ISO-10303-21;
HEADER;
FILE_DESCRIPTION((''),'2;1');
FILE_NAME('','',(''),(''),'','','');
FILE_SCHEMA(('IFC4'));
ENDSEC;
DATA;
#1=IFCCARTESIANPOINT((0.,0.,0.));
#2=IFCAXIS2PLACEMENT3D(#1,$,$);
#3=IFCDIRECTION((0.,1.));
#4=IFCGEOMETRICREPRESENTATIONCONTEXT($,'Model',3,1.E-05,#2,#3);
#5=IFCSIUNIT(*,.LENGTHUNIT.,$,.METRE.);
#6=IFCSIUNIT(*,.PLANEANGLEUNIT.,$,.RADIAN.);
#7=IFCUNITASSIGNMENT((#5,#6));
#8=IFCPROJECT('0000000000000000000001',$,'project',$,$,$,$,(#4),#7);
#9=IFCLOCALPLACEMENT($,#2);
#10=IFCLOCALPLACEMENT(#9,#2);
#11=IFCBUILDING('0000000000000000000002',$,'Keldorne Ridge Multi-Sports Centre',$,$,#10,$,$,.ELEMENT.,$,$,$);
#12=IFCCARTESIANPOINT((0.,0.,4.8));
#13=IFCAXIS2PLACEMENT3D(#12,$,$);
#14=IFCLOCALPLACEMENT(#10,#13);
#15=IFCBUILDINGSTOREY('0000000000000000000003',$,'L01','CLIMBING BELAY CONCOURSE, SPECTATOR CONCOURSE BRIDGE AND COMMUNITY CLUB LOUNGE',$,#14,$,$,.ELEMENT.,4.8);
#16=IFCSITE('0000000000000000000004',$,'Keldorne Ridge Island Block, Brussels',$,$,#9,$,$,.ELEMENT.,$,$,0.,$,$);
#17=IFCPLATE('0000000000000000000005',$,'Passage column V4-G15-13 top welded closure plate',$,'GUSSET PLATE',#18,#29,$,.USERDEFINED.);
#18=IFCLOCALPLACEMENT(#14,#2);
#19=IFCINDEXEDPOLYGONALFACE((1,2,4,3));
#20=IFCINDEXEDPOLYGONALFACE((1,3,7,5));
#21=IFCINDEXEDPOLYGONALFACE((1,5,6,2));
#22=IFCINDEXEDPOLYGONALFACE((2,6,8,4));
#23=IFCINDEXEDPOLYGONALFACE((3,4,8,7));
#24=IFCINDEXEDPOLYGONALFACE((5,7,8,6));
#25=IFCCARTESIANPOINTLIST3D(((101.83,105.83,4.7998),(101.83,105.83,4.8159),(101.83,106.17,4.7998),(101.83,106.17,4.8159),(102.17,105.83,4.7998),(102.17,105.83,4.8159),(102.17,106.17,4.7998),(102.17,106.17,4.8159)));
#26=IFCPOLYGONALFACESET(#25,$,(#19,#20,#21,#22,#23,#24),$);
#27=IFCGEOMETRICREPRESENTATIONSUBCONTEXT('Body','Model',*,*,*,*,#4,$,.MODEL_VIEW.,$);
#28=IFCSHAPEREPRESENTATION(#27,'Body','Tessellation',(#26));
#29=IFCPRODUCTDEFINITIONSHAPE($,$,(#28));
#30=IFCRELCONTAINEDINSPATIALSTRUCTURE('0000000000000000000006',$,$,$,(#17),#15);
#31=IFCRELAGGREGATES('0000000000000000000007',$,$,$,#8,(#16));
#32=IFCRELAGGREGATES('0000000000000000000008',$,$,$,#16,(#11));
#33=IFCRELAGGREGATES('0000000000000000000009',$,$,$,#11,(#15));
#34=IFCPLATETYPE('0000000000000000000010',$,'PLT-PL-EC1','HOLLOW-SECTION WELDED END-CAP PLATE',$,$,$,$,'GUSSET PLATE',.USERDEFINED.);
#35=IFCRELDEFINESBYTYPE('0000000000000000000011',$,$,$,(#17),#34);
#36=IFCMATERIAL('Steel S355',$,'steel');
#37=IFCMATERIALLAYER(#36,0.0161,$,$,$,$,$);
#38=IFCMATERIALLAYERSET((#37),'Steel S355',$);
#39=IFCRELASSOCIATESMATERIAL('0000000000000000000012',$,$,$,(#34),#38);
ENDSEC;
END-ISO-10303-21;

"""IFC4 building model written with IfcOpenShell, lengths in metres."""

from ifc_helpers import new_model, si_unit, direction, frame, origin, origin_2d, place, context, subcontext, project, spatial, rectangle, extrude, material, layer, layer_set, type_object, element, save


model = new_model("IFC4")

# Units and contexts
model_context = context("Model", 3, precision=1e-05, world=origin(), true_north=direction((0.0, 1.0)))
body_context = subcontext(model_context, "Body", "Model", "MODEL_VIEW")
ifc_project = project(units=[si_unit("LENGTHUNIT", "METRE"), si_unit("PLANEANGLEUNIT", "RADIAN")], contexts=[model_context])

# Site, building, storey
site_placement = place(None, origin())
site = spatial("IfcSite", under=ifc_project, at=site_placement, Name="Keldorne Ridge Island Block, Brussels", CompositionType="ELEMENT", RefElevation=0.0)
building_placement = place(site_placement, origin())
building = spatial("IfcBuilding", under=site, at=building_placement, Name="Keldorne Ridge Multi-Sports Centre", CompositionType="ELEMENT")
storey_placement = place(building_placement, frame((0.0, 0.0, 4.8)))
storey = spatial("IfcBuildingStorey", under=building, at=storey_placement, Name="L01", Description="CLIMBING BELAY CONCOURSE, SPECTATOR CONCOURSE BRIDGE AND COMMUNITY CLUB LOUNGE", CompositionType="ELEMENT", Elevation=4.8)

# Shared definitions
ifc_material_1 = material(Name="Steel S355", Category="steel")

# Plate
ifc_layer_1 = layer(ifc_material_1, 0.0161)
ifc_layer_set_1 = layer_set([ifc_layer_1], Name="Steel S355")
plate_type_1 = type_object("IfcPlateType", Name="PLT-PL-EC1", Description="HOLLOW-SECTION WELDED END-CAP PLATE", ElementType="GUSSET PLATE", PredefinedType="USERDEFINED", material=ifc_layer_set_1)
plate_1_placement = place(storey_placement, frame((102.0, 106.0, 4.7998), z_axis=(0.0, 0.0, 1.0), x_axis=(1.0, 0.0, 0.0)))
element("IfcPlate", 1, at=plate_1_placement, inside=storey, type_object=plate_type_1, Name="Passage column V4-G15-13 top welded closure plate", ObjectType="GUSSET PLATE", PredefinedType="USERDEFINED", context=body_context, shape_type="SweptSolid", body=[
    extrude(rectangle(XDim=0.3401, YDim=0.3401, at=origin_2d()), origin(), (0.0, 0.0, 1.0), 0.0161),
])

save(model, "model.ifc")
